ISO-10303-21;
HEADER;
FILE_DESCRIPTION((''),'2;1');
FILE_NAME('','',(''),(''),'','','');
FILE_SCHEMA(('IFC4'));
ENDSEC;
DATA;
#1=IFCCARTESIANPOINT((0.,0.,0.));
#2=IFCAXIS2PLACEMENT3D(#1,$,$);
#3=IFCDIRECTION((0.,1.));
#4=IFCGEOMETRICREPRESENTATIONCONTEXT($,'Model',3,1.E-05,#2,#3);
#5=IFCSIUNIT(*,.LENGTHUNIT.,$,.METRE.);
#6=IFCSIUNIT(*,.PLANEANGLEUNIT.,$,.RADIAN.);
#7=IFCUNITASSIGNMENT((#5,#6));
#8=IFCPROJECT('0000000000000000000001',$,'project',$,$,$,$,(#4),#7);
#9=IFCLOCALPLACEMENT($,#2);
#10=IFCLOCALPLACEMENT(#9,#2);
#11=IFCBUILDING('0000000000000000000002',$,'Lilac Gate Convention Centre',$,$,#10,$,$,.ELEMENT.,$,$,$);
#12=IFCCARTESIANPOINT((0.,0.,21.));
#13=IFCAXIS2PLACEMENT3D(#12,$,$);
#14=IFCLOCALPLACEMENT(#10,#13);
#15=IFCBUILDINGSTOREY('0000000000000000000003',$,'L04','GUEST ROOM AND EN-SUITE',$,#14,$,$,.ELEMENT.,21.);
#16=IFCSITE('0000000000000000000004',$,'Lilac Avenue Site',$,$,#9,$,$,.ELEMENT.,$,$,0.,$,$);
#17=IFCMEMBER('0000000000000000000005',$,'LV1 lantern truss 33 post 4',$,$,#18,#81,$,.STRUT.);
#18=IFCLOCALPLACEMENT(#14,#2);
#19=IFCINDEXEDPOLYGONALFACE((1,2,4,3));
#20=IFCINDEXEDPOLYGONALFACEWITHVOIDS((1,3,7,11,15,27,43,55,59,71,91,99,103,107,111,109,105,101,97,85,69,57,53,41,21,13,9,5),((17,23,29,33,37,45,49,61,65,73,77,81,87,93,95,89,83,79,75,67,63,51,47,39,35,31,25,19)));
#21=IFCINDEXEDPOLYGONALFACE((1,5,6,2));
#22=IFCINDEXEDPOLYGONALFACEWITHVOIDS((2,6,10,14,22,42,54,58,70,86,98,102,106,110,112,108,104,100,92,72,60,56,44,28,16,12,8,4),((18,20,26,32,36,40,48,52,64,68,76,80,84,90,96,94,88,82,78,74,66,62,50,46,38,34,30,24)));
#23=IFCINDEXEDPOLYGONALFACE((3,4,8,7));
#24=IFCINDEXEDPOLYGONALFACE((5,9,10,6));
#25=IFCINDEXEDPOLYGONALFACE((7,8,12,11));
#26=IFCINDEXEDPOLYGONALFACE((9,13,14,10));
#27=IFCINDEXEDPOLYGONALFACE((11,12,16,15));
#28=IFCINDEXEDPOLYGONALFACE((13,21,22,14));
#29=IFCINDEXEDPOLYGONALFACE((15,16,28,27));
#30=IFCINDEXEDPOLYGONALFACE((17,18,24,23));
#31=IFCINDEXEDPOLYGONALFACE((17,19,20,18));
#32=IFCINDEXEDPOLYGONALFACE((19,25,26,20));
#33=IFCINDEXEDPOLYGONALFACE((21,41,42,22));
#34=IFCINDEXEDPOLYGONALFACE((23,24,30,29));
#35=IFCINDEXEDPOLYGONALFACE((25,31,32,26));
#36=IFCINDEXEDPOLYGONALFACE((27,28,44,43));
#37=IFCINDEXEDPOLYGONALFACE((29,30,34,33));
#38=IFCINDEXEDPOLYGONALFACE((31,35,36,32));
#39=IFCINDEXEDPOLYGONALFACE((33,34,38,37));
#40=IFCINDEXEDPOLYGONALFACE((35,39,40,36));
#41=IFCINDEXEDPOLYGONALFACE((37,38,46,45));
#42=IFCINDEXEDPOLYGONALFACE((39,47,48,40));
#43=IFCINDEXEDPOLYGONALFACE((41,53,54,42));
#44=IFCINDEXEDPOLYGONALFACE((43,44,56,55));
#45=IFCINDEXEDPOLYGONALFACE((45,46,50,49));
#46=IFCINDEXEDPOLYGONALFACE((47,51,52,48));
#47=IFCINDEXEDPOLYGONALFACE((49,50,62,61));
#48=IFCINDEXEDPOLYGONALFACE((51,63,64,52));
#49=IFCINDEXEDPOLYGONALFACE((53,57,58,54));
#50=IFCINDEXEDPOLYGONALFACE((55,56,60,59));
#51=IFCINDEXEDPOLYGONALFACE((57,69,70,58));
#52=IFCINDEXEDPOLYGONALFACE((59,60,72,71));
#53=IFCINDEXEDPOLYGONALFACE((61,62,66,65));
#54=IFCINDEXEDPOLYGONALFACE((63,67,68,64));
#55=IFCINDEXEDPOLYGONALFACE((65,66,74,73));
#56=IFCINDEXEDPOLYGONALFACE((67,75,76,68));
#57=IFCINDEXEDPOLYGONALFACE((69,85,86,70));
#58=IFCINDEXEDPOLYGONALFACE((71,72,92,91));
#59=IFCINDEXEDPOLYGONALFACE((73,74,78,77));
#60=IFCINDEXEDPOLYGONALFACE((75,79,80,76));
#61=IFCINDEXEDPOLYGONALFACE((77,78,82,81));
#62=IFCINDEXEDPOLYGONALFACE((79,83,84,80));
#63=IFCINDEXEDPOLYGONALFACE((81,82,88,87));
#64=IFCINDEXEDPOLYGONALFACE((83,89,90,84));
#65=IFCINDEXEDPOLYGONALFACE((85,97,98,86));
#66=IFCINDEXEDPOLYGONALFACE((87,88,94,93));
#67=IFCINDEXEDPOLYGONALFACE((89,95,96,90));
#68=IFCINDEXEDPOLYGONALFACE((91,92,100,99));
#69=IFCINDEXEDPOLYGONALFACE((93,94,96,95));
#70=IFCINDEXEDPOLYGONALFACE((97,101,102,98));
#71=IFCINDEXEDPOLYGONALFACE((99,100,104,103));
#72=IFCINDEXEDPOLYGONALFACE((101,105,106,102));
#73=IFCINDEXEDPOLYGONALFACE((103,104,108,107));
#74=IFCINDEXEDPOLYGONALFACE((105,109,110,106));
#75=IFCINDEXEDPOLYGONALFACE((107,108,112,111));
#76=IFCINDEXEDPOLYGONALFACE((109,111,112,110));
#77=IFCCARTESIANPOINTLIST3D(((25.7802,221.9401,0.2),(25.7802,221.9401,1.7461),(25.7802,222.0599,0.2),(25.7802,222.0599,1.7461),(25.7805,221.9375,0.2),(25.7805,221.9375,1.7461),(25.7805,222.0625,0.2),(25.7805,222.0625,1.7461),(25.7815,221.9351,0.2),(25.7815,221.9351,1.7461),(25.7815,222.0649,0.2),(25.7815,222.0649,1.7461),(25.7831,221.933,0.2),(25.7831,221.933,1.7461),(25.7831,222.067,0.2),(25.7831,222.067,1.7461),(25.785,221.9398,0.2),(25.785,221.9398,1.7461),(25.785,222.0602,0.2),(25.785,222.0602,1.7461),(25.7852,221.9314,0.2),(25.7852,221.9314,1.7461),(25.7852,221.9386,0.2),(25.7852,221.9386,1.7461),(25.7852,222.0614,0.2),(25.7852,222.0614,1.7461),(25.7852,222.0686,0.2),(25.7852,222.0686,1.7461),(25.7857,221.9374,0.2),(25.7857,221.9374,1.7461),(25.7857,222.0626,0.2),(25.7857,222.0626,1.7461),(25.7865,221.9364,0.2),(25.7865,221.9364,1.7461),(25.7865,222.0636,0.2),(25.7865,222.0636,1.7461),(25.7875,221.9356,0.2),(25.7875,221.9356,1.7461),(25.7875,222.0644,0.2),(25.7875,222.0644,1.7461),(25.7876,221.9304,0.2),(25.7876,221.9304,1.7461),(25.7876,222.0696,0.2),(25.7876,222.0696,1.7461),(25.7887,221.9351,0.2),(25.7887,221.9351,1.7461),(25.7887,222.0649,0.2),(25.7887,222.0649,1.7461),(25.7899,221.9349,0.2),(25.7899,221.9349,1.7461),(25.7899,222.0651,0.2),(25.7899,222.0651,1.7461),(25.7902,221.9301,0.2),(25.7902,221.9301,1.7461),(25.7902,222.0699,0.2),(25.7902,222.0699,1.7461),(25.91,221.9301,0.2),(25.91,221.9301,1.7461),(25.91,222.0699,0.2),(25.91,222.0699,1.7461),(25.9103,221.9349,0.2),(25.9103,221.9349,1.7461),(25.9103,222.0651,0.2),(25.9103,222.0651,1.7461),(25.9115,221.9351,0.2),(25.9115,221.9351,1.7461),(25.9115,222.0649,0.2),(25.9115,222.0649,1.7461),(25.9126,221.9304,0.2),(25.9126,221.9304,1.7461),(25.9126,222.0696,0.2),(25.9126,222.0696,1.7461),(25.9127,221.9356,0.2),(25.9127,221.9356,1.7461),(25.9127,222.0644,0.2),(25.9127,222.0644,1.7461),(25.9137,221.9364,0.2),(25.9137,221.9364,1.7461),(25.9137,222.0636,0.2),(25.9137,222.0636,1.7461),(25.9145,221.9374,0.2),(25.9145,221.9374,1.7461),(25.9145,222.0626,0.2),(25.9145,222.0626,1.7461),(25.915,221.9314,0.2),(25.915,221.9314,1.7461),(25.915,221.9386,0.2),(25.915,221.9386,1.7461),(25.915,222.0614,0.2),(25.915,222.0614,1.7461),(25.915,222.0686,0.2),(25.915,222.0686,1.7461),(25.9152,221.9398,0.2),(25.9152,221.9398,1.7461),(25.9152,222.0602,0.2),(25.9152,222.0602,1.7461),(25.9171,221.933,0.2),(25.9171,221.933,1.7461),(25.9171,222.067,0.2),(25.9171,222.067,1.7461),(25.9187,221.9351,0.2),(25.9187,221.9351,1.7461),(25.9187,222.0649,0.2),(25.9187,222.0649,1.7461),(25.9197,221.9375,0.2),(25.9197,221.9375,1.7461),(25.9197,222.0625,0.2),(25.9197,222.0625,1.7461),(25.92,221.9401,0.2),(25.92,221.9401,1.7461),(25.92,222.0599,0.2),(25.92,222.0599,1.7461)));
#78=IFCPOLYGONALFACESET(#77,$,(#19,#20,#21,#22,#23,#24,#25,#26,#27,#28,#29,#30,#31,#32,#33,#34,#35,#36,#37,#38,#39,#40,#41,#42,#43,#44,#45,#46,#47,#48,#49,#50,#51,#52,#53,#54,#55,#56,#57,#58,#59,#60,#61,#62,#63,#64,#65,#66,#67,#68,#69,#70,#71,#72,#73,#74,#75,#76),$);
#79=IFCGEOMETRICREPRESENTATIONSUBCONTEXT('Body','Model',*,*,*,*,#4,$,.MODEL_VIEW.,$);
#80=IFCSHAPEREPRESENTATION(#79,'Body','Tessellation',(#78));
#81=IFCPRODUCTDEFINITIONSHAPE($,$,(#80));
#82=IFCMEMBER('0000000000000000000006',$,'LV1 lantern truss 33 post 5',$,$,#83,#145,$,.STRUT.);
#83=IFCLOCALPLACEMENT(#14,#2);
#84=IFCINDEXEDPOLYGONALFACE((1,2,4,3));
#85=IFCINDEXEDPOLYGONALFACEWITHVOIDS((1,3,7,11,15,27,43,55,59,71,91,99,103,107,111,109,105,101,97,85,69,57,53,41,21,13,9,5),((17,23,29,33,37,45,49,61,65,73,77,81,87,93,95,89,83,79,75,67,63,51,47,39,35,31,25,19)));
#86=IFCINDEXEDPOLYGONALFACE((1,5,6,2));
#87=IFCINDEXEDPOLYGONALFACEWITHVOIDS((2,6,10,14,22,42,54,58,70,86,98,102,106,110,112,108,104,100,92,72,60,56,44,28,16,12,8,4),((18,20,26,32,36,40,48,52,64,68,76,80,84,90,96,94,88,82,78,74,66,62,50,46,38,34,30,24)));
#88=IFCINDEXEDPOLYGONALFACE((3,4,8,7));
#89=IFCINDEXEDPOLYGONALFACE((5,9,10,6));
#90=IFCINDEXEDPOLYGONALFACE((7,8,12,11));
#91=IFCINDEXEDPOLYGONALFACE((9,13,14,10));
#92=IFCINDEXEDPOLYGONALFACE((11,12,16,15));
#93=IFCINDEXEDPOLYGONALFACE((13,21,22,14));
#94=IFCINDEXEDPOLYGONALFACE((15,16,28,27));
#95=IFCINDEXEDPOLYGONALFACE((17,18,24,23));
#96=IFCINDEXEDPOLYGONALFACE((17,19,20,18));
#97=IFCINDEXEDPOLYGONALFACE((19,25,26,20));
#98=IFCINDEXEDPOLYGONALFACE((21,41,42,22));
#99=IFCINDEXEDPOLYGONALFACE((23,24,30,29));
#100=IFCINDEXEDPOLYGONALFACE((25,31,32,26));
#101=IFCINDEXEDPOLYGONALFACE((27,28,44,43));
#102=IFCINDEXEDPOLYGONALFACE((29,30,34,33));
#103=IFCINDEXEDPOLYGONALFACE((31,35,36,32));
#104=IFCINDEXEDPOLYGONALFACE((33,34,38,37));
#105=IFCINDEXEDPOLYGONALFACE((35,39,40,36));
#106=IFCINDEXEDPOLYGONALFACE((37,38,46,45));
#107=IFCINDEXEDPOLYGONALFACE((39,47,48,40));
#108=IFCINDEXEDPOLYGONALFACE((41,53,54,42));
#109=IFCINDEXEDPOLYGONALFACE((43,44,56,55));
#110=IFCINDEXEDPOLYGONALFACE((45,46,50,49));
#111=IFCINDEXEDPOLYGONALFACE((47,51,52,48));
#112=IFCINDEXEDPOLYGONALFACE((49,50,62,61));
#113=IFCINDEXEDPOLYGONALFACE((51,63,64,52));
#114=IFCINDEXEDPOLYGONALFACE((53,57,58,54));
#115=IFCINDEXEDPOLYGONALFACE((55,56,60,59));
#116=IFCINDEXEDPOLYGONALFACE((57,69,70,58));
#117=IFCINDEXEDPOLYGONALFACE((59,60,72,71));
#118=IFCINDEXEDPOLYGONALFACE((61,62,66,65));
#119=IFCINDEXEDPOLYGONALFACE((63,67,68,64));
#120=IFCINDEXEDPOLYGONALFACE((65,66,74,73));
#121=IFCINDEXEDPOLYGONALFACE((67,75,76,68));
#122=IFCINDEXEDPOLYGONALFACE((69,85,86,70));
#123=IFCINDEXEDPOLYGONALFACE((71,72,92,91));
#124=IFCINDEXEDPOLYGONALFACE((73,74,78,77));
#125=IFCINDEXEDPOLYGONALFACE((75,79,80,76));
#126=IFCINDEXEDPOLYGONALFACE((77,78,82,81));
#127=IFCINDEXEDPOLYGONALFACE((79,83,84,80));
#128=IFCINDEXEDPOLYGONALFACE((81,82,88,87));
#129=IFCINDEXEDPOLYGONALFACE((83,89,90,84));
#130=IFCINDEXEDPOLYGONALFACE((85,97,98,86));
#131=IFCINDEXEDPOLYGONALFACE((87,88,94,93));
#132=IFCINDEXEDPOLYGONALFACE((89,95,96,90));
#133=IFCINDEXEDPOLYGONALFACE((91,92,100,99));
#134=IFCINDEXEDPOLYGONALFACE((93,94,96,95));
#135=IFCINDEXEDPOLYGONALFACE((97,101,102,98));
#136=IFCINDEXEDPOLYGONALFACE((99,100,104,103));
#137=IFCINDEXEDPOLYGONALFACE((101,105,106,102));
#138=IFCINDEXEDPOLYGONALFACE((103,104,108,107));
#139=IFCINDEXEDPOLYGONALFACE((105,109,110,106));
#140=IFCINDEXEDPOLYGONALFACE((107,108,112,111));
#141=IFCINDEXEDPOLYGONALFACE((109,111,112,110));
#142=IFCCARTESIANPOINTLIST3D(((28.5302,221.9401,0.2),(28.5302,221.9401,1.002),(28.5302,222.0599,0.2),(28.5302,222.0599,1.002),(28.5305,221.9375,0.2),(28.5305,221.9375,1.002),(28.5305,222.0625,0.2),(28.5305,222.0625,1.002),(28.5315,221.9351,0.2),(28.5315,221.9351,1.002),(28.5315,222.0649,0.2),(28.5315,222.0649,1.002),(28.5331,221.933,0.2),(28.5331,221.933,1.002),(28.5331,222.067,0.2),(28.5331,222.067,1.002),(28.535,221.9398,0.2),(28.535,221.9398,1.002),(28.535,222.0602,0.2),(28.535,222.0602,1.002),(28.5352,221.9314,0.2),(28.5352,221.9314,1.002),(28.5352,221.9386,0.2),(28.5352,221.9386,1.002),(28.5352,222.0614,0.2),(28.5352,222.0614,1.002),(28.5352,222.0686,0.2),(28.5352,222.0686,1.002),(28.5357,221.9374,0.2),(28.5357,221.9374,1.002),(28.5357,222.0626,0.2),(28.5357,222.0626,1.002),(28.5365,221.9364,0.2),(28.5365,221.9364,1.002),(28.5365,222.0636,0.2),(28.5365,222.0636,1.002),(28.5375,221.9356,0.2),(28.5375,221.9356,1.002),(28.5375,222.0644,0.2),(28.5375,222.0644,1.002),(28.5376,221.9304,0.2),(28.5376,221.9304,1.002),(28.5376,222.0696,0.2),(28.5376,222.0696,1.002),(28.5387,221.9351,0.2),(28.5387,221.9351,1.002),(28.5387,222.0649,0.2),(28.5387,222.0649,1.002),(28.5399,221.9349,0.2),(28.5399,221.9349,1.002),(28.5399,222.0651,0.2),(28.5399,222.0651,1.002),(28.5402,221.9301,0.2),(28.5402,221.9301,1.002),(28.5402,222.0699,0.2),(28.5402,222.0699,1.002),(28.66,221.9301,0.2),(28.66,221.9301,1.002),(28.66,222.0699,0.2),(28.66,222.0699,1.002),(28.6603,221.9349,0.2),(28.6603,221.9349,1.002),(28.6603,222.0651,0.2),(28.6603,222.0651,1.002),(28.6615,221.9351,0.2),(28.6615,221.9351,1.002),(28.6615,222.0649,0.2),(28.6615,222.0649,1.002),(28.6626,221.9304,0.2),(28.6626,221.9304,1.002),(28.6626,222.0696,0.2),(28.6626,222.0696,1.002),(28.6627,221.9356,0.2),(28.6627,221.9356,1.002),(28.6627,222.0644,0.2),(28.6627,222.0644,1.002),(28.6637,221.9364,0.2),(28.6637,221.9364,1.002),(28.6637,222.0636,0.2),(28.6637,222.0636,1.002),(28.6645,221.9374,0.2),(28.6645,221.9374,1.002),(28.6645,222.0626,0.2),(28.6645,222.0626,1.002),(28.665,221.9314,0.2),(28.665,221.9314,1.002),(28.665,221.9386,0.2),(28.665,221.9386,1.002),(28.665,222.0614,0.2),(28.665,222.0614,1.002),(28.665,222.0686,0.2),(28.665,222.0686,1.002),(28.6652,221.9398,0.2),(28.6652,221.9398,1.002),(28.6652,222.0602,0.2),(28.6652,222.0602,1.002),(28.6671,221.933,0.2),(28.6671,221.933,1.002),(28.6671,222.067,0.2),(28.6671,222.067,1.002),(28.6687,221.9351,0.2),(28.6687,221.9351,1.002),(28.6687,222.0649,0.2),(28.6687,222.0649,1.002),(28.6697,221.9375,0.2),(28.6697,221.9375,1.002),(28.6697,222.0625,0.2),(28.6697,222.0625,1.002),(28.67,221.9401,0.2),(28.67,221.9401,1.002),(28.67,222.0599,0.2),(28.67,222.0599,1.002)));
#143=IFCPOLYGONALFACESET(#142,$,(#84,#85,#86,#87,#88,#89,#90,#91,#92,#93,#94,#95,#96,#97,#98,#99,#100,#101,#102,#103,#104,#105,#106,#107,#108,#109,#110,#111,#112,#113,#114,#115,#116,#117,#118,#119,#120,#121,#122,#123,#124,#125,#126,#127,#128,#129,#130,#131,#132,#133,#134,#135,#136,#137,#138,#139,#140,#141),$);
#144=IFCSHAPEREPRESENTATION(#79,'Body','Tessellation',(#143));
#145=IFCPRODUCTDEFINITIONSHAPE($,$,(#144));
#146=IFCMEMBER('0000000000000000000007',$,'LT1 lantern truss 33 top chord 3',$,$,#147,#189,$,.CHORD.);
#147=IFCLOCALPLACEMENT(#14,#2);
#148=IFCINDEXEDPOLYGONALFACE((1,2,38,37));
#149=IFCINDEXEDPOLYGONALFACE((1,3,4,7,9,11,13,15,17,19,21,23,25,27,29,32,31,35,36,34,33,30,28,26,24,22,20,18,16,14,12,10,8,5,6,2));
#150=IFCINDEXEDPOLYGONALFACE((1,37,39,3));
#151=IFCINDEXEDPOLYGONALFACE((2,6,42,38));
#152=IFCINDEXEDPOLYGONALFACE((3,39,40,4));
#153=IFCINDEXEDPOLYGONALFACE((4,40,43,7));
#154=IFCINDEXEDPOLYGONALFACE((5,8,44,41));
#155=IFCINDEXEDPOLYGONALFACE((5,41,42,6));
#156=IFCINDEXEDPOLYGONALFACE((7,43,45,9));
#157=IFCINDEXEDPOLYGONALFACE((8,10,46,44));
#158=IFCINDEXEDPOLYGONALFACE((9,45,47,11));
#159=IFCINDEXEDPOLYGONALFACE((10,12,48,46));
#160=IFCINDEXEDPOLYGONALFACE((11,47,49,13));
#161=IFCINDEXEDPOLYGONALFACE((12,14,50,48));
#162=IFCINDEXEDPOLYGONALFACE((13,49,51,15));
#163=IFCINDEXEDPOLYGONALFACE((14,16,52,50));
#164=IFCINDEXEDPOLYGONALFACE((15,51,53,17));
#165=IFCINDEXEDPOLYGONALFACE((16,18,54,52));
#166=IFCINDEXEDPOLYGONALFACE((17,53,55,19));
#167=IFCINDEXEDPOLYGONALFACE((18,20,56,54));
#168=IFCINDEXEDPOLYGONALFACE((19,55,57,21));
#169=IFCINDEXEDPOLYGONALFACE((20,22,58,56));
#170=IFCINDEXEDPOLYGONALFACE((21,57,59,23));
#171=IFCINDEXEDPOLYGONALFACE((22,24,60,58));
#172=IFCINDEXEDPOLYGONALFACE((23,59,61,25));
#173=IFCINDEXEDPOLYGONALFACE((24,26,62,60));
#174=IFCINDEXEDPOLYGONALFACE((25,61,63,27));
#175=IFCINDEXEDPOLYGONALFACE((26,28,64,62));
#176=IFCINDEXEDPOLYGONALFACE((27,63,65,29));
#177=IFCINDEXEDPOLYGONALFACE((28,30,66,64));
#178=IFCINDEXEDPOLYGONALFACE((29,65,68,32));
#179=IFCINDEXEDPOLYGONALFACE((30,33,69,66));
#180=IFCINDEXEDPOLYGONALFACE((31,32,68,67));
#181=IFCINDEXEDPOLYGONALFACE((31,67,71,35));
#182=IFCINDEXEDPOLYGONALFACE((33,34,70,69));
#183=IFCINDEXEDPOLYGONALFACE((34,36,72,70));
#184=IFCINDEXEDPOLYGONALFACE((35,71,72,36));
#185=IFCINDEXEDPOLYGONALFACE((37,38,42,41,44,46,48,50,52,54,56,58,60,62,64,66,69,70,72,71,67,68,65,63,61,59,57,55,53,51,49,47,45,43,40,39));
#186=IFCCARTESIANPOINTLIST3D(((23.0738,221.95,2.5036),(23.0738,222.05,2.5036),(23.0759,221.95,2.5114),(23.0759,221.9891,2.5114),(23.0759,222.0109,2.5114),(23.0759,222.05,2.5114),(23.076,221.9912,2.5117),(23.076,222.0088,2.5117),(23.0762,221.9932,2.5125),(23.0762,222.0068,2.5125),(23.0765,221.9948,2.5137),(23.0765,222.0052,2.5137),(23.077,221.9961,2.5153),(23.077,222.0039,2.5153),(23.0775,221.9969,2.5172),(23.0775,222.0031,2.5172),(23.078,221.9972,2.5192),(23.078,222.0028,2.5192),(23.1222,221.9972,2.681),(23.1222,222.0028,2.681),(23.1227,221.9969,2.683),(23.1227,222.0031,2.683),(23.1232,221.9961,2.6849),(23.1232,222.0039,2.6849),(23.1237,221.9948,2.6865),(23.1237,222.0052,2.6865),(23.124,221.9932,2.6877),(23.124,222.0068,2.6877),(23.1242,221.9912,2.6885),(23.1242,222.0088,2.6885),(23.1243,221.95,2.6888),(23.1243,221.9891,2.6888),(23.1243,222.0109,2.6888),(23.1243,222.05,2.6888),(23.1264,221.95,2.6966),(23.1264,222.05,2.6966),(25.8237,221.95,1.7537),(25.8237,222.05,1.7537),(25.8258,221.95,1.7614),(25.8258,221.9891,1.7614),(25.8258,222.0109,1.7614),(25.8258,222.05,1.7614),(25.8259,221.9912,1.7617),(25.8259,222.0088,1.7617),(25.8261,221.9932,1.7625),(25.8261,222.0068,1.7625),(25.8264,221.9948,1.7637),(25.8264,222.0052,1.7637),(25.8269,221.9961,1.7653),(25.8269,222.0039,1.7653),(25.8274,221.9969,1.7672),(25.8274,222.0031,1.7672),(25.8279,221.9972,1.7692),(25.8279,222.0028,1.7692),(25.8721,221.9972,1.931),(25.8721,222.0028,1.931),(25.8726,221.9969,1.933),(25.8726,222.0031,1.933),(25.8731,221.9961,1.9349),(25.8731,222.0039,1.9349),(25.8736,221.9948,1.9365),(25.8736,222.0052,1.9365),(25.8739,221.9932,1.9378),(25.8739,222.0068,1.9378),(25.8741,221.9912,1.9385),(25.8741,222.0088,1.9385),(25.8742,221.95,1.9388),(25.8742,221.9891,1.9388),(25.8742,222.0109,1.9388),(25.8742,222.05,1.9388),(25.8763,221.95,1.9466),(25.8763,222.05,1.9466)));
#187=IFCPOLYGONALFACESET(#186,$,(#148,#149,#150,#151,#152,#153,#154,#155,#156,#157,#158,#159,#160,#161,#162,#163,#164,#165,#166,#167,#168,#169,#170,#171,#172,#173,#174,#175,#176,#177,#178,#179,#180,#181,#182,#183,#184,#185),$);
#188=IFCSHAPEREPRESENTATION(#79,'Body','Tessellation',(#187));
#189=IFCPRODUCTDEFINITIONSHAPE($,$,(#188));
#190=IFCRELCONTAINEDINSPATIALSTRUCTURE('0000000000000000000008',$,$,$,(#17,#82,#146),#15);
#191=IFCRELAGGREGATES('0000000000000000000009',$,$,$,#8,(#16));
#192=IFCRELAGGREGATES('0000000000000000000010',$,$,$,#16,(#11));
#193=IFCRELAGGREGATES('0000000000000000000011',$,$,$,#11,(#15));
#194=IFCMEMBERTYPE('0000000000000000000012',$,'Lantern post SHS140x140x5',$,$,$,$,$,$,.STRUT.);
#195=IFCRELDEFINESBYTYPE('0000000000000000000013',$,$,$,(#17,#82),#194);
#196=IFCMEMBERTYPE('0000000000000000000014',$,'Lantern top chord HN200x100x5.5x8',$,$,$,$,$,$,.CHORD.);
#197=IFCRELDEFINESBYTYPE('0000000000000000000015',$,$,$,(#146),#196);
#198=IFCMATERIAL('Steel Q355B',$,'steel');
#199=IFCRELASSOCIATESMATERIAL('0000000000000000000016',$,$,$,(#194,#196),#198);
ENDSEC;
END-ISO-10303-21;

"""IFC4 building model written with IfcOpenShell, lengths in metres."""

from ifc_helpers import new_model, si_unit, direction, frame, origin, origin_2d, place, context, subcontext, project, spatial, hollow_rectangle, i_section, extrude, material, material_profile, profile_set, type_object, element, save


model = new_model("IFC4")

# Units and contexts
model_context = context("Model", 3, precision=1e-05, world=origin(), true_north=direction((0.0, 1.0)))
body_context = subcontext(model_context, "Body", "Model", "MODEL_VIEW")
ifc_project = project(units=[si_unit("LENGTHUNIT", "METRE"), si_unit("PLANEANGLEUNIT", "RADIAN")], contexts=[model_context])

# Site, building, storey
site_placement = place(None, origin())
site = spatial("IfcSite", under=ifc_project, at=site_placement, Name="Lilac Avenue Site", CompositionType="ELEMENT", RefElevation=0.0)
building_placement = place(site_placement, origin())
building = spatial("IfcBuilding", under=site, at=building_placement, Name="Lilac Gate Convention Centre", CompositionType="ELEMENT")
storey_placement = place(building_placement, frame((0.0, 0.0, 21.0)))
storey = spatial("IfcBuildingStorey", under=building, at=storey_placement, Name="L04", Description="GUEST ROOM AND EN-SUITE", CompositionType="ELEMENT", Elevation=21.0)

# Members
ifc_material_1 = material(Name="Steel Q355B", Category="steel")
ifc_material_profile_1 = material_profile(ifc_material_1, hollow_rectangle(XDim=0.1399, YDim=0.1399, WallThickness=0.0049, InnerFilletRadius=0.0049, OuterFilletRadius=0.01, at=origin_2d()), Name="SHS140x140x5")
ifc_profile_set_1 = profile_set([ifc_material_profile_1], Name="Steel Q355B")
member_type_1 = type_object("IfcMemberType", Name="Lantern post SHS140x140x5", PredefinedType="STRUT", material=ifc_profile_set_1)
member_1_placement = place(storey_placement, frame((25.8501, 222.0, 0.2), z_axis=(0.0, 0.0, 1.0), x_axis=(1.0, 0.0, 0.0)))
element("IfcMember", 1, at=member_1_placement, inside=storey, type_object=member_type_1, Name="LV1 lantern truss 33 post 4", PredefinedType="STRUT", context=body_context, shape_type="SweptSolid", body=[
    extrude(hollow_rectangle(XDim=0.1399, YDim=0.1399, WallThickness=0.0049, InnerFilletRadius=0.0049, OuterFilletRadius=0.01, at=origin_2d()), origin(), (0.0, 0.0, 1.0), 1.5461),
])
member_2_placement = place(storey_placement, frame((28.6001, 222.0, 0.2), z_axis=(0.0, 0.0, 1.0), x_axis=(1.0, 0.0, 0.0)))
element("IfcMember", 2, at=member_2_placement, inside=storey, type_object=member_type_1, Name="LV1 lantern truss 33 post 5", PredefinedType="STRUT", context=body_context, shape_type="SweptSolid", body=[
    extrude(hollow_rectangle(XDim=0.1399, YDim=0.1399, WallThickness=0.0049, InnerFilletRadius=0.0049, OuterFilletRadius=0.01, at=origin_2d()), origin(), (0.0, 0.0, 1.0), 0.802),
])
ifc_material_profile_2 = material_profile(ifc_material_1, i_section(OverallWidth=0.1001, OverallDepth=0.2, WebThickness=0.0056, FlangeThickness=0.0081, FilletRadius=0.0081, at=origin_2d()), Name="HN200x100x5.5x8")
ifc_profile_set_2 = profile_set([ifc_material_profile_2], Name="Steel Q355B")
member_type_2 = type_object("IfcMemberType", Name="Lantern top chord HN200x100x5.5x8", PredefinedType="CHORD", material=ifc_profile_set_2)
for number, where, z_axis, x_axis, name in (
    (3, (23.1001, 222.0, 2.6001), (0.964764, 0.0, -0.263117), (0.0, 1.0, 0.0), "LT1 lantern truss 33 top chord 3"),
):
    element("IfcMember", number, at=place(storey_placement, frame(where, z_axis=z_axis, x_axis=x_axis)), inside=storey, type_object=member_type_2, Name=name, PredefinedType="CHORD", context=body_context, shape_type="SweptSolid", body=[
        extrude(i_section(OverallWidth=0.1001, OverallDepth=0.2, WebThickness=0.0056, FlangeThickness=0.0081, FilletRadius=0.0081, at=origin_2d()), origin(), (0.0, 0.0, 1.0), 2.8503),
    ])

save(model, "model.ifc")
